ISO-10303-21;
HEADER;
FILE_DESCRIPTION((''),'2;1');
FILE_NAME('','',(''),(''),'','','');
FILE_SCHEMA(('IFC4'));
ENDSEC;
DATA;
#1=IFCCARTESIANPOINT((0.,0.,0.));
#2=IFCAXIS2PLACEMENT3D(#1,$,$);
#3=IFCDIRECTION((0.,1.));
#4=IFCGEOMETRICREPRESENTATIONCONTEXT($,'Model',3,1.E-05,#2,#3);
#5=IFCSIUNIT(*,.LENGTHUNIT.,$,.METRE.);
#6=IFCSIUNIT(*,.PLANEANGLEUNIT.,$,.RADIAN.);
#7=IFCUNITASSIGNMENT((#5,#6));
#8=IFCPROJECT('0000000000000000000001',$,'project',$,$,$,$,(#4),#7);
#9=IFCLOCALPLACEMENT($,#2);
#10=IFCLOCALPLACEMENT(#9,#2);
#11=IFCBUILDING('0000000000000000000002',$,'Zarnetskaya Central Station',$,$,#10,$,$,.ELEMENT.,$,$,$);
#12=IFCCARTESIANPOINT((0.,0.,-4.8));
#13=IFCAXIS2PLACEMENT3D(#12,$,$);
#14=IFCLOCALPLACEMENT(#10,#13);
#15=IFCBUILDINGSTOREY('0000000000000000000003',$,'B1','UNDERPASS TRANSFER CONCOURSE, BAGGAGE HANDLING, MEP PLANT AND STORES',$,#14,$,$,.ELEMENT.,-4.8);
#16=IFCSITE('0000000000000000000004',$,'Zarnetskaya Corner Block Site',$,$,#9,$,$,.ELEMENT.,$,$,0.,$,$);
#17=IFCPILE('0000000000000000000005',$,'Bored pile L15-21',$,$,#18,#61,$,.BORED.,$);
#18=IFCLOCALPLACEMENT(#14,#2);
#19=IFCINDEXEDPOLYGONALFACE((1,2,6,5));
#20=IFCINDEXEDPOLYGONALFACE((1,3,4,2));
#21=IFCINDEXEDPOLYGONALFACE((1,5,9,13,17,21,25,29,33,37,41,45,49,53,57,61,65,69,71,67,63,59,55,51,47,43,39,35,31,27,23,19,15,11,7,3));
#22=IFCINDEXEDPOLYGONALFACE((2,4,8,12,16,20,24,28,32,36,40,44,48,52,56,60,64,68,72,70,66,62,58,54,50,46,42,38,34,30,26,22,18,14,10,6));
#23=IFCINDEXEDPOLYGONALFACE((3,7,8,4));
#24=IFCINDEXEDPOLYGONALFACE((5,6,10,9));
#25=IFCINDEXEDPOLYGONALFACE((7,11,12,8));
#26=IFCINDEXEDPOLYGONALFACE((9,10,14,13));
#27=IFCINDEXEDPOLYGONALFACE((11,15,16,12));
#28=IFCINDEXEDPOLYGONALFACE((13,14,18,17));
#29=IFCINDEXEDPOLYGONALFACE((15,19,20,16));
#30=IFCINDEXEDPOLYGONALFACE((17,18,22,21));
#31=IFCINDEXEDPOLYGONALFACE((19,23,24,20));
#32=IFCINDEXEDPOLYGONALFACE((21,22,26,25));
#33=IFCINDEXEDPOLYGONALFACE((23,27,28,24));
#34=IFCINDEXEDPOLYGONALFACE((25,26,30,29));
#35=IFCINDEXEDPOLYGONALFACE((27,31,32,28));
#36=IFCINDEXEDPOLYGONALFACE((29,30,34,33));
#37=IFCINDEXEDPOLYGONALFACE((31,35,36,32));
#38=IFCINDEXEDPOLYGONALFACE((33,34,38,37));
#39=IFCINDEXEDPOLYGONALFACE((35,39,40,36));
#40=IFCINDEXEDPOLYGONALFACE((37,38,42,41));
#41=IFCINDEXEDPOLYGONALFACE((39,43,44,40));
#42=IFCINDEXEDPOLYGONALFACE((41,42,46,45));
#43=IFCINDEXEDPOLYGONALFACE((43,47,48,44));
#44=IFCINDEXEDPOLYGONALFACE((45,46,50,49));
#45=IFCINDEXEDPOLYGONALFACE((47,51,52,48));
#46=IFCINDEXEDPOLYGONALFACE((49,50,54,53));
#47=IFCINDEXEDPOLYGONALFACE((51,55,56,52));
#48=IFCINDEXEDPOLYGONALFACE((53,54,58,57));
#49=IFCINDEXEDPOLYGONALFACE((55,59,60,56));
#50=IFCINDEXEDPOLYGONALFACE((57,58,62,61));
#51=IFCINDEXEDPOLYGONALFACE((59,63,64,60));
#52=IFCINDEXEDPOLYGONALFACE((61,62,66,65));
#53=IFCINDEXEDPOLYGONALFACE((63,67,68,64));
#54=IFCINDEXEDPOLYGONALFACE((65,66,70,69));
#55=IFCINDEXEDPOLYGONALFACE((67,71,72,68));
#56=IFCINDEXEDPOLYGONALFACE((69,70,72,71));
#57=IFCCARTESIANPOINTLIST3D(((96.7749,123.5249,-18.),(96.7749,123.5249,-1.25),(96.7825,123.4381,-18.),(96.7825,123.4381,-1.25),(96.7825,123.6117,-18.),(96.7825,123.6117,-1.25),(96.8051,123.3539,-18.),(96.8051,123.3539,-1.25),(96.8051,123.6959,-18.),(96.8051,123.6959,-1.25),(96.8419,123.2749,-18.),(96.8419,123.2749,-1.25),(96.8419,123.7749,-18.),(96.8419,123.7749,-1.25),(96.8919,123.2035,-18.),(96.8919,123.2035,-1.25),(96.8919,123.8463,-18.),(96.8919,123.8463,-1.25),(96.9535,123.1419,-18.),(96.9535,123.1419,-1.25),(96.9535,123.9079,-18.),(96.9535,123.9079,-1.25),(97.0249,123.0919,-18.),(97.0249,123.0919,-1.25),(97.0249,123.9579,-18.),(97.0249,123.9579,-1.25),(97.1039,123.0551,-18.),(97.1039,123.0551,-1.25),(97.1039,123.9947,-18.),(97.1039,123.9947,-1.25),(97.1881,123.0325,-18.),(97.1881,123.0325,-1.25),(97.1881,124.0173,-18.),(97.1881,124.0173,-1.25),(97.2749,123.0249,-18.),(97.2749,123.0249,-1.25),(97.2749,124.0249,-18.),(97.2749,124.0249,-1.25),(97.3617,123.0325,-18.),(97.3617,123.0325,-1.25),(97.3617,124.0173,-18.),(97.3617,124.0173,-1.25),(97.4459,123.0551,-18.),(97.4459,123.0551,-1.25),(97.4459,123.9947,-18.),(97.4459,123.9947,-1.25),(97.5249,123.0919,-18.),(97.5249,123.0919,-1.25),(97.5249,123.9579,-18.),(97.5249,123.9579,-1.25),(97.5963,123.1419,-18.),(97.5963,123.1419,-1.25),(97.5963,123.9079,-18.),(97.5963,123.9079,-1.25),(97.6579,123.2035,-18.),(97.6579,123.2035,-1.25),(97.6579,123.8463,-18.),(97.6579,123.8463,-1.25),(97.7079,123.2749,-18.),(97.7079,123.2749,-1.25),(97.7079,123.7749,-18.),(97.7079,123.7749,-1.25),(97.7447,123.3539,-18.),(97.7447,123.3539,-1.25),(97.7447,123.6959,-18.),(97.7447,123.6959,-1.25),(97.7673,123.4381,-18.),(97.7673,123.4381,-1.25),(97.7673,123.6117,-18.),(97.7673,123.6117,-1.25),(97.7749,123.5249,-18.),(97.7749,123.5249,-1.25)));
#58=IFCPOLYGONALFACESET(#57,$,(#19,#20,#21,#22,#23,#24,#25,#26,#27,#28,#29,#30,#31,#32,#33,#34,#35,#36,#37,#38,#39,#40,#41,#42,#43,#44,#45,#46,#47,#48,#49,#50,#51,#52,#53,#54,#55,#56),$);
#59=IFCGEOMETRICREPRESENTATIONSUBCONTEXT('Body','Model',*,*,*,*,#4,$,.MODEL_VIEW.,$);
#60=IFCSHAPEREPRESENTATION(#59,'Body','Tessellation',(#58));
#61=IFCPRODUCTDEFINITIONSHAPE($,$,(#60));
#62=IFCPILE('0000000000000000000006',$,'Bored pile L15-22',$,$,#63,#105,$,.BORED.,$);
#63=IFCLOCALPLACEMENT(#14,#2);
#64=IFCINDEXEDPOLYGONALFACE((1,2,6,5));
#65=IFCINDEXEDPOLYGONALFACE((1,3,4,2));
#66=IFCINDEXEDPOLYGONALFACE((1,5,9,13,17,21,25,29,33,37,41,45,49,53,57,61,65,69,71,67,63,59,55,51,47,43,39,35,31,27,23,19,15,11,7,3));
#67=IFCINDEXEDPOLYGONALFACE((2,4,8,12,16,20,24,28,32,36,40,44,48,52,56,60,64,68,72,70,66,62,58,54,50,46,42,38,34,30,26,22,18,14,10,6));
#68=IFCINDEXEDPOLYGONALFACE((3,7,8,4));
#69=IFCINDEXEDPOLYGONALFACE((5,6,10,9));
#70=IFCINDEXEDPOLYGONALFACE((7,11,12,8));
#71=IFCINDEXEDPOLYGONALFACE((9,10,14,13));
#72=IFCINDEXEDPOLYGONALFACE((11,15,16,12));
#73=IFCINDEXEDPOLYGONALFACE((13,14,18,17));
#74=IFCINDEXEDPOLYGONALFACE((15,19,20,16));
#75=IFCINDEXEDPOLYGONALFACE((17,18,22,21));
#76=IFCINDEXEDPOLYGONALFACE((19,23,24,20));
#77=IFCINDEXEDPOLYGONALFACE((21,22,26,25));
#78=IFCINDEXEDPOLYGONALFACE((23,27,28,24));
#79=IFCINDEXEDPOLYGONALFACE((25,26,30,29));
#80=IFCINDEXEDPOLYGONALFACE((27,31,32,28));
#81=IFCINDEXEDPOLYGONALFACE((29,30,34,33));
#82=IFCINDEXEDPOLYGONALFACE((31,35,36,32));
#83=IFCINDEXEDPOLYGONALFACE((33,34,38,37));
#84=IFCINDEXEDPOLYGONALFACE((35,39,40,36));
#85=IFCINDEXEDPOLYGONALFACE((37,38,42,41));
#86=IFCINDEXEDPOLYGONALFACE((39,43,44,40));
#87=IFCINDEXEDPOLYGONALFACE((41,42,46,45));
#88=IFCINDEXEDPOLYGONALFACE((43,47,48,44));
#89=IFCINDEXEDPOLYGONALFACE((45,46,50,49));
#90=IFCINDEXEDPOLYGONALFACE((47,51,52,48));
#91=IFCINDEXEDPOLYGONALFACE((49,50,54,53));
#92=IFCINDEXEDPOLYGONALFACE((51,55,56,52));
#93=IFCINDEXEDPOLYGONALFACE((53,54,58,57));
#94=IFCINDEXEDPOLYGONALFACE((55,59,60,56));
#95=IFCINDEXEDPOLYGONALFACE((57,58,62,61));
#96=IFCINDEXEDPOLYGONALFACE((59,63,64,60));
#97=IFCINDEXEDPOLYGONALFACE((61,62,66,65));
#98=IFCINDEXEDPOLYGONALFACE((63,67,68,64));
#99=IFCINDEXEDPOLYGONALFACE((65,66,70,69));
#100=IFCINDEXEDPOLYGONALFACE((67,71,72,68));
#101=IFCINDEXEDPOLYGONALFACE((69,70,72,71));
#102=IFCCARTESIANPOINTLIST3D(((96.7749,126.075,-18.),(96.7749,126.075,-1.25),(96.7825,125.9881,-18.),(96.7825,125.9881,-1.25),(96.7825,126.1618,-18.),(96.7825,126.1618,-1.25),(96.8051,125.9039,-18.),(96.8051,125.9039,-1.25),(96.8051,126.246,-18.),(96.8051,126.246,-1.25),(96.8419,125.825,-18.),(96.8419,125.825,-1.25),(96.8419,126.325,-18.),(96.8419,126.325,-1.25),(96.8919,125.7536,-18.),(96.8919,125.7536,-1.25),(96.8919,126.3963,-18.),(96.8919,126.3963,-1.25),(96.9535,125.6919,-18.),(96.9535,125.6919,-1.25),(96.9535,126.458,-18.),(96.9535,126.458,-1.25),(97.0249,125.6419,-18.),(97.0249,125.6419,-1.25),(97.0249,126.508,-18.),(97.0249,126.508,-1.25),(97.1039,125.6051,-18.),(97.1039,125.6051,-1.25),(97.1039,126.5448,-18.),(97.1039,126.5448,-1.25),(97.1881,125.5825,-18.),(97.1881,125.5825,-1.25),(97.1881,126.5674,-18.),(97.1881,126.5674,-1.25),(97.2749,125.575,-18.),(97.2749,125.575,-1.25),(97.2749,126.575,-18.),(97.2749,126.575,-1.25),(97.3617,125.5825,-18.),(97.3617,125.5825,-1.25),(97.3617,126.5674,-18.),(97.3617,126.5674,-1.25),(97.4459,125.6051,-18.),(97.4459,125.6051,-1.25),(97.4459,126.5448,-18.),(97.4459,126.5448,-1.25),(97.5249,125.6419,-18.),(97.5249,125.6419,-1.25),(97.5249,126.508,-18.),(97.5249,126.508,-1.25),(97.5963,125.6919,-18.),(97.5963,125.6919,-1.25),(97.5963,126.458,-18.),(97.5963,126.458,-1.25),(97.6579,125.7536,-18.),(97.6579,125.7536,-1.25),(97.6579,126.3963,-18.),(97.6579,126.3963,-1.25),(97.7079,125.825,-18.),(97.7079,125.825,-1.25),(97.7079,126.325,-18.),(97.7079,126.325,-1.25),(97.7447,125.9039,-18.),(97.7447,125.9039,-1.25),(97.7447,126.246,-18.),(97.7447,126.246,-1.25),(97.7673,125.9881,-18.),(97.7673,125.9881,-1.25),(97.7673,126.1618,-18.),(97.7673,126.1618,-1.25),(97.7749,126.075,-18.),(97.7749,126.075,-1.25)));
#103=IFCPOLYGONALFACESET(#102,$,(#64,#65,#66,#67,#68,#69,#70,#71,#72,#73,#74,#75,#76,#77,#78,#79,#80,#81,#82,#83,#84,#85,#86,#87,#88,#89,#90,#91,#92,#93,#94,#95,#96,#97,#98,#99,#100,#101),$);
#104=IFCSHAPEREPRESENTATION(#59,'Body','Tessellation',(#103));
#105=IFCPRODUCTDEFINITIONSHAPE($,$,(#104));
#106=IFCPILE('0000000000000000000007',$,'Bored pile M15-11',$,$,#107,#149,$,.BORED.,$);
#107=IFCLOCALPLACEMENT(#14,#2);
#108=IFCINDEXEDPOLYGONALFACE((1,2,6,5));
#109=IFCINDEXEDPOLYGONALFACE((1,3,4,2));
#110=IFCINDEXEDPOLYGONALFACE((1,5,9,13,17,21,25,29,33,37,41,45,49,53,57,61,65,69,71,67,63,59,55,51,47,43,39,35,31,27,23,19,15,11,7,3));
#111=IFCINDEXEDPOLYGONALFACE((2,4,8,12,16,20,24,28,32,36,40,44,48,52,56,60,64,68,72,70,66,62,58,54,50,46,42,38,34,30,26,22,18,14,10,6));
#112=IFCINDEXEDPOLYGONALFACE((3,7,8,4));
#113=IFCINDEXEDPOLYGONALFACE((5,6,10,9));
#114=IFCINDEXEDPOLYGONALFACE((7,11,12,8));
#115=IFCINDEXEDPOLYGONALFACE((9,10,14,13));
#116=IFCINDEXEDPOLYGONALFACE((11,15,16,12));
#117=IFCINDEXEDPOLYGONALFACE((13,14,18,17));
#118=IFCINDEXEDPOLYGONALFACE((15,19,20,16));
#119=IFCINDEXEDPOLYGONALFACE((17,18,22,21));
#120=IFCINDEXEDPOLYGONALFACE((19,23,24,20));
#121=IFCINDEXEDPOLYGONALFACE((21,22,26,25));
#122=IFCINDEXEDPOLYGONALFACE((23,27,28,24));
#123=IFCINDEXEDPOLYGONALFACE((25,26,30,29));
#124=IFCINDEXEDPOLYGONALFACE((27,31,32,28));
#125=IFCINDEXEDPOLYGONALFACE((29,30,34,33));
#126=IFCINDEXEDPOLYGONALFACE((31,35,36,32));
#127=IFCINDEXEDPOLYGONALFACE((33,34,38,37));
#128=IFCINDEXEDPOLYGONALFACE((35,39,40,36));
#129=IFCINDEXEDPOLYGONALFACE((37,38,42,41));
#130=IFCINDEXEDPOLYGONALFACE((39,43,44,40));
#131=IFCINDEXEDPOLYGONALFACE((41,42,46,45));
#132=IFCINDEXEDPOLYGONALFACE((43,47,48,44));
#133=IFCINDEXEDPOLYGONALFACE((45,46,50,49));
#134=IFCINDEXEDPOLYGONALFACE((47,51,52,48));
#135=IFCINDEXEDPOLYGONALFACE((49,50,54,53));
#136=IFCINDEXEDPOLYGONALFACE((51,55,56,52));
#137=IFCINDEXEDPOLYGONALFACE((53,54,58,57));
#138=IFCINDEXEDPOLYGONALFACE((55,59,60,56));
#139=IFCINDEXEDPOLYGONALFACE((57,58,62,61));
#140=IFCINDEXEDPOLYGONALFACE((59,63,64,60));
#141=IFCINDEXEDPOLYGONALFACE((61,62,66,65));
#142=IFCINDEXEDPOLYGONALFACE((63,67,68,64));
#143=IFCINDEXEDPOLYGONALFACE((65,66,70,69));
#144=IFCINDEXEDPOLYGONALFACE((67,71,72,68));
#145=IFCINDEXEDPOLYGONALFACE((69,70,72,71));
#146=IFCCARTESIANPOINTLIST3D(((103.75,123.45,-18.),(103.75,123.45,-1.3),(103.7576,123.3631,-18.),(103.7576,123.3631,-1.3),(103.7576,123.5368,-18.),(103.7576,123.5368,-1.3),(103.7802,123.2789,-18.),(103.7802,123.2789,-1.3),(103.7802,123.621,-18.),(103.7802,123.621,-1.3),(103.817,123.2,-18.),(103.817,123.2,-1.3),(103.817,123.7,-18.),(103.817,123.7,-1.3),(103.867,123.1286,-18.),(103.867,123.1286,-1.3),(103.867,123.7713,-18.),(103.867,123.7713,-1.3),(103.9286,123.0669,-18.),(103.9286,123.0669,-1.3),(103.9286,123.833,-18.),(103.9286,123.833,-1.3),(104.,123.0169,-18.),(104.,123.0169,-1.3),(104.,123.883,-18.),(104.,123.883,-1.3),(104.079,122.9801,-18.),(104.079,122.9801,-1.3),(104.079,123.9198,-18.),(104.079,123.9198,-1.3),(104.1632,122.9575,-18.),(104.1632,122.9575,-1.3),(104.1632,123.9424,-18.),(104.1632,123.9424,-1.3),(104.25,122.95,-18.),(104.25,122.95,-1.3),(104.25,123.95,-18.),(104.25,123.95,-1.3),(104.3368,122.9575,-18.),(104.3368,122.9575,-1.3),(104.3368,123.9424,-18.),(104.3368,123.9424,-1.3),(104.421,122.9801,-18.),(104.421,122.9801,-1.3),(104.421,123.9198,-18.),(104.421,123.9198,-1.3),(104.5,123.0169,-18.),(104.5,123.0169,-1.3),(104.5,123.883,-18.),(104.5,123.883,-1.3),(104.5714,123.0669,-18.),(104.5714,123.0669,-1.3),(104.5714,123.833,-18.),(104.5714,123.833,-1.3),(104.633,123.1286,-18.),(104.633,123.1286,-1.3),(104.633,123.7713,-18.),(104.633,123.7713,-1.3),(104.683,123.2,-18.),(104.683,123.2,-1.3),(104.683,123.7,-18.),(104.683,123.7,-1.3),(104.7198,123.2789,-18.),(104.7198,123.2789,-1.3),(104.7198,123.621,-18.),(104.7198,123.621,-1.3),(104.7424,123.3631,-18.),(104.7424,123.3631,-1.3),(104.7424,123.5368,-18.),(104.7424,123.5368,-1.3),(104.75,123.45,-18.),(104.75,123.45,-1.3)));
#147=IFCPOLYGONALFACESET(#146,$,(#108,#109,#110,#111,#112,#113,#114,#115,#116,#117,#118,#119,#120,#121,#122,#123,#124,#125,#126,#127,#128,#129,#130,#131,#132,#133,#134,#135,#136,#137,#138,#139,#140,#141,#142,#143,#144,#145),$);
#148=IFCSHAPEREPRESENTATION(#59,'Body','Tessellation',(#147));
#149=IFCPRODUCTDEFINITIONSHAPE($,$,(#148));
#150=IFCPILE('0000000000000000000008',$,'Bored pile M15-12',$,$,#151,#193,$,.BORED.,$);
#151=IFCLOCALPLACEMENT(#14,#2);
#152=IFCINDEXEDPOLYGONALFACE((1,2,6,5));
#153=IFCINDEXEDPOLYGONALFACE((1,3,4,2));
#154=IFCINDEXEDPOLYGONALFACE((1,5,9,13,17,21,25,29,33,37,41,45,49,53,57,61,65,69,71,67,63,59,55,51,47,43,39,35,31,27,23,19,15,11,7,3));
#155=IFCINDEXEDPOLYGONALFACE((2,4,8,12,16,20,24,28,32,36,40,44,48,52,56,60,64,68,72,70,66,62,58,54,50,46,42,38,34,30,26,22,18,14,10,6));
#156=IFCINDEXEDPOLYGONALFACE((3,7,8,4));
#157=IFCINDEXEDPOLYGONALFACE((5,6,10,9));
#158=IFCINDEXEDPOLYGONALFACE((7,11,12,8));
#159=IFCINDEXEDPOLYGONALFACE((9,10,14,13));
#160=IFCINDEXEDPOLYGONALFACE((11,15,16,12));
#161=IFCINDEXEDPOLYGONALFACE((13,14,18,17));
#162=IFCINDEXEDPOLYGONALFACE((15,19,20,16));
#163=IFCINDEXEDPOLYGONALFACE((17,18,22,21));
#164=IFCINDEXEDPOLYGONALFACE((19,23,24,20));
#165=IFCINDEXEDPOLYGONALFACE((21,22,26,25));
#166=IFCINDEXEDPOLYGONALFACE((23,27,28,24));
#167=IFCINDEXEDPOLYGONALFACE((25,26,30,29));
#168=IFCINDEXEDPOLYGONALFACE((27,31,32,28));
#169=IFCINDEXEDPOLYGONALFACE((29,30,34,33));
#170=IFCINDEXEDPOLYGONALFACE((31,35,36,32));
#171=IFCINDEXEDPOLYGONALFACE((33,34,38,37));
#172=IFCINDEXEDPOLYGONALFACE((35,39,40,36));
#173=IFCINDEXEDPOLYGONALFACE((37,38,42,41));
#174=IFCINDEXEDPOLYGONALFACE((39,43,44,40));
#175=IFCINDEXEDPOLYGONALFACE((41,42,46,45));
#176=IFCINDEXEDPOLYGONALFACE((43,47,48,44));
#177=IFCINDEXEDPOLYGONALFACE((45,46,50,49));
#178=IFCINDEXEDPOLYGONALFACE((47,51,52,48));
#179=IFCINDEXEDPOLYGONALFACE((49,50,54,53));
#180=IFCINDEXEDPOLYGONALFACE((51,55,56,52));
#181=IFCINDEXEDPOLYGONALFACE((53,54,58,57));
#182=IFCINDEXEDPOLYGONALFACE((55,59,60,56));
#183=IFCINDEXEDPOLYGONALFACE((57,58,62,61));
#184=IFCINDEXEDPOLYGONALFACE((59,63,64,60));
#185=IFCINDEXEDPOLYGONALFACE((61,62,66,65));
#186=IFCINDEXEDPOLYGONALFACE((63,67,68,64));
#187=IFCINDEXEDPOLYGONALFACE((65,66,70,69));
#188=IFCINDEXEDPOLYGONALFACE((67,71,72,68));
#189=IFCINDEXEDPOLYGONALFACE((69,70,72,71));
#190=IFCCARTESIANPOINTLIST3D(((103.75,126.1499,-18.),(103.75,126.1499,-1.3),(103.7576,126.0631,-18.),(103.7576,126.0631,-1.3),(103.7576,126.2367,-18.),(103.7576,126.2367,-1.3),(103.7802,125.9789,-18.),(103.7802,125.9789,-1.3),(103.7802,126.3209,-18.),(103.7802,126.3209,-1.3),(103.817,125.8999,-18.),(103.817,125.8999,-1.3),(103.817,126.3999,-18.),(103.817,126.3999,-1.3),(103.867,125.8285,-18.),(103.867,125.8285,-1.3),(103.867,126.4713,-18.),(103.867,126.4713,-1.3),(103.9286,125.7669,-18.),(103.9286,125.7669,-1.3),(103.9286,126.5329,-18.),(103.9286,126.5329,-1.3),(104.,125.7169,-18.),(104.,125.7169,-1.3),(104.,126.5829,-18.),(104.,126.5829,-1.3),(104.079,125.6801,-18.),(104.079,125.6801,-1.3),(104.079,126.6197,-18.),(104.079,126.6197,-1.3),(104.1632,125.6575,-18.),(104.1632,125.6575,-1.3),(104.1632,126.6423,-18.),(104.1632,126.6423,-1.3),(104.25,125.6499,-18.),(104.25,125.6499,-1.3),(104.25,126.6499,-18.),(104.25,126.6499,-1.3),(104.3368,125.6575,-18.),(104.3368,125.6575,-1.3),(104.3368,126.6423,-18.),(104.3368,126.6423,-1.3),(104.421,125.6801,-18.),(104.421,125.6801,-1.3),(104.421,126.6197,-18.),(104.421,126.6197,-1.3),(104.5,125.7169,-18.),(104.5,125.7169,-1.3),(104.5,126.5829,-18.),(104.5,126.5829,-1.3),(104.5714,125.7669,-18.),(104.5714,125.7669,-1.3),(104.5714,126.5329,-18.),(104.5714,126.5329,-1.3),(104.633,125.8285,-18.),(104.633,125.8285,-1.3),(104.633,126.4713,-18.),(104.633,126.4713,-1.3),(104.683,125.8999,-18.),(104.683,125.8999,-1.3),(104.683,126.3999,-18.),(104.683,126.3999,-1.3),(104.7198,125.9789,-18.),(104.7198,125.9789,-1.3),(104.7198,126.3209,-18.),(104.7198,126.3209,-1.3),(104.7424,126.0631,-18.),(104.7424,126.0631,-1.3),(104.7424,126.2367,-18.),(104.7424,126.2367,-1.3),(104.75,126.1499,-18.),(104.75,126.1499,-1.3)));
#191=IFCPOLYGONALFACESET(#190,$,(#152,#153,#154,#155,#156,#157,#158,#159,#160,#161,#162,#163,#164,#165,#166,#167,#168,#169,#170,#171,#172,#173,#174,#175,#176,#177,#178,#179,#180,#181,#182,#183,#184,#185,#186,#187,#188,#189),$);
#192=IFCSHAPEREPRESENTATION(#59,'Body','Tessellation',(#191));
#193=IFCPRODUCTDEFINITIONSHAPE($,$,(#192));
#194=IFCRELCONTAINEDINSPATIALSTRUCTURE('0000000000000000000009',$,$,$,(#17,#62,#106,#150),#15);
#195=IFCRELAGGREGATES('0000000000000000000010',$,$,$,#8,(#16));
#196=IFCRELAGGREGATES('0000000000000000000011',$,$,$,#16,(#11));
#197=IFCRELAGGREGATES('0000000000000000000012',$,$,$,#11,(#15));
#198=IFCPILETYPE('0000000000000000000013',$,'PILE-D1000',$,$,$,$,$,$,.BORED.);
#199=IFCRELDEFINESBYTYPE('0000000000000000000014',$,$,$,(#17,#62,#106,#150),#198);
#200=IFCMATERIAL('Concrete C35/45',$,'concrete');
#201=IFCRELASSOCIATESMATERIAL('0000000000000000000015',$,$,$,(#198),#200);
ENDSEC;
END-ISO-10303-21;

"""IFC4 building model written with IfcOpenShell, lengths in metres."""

from ifc_helpers import new_model, si_unit, direction, frame, origin, origin_2d, place, context, subcontext, project, spatial, circle, extrude, material, material_profile, profile_set, type_object, element, save


model = new_model("IFC4")

# Units and contexts
model_context = context("Model", 3, precision=1e-05, world=origin(), true_north=direction((0.0, 1.0)))
body_context = subcontext(model_context, "Body", "Model", "MODEL_VIEW")
ifc_project = project(units=[si_unit("LENGTHUNIT", "METRE"), si_unit("PLANEANGLEUNIT", "RADIAN")], contexts=[model_context])

# Site, building, storey
site_placement = place(None, origin())
site = spatial("IfcSite", under=ifc_project, at=site_placement, Name="Zarnetskaya Corner Block Site", CompositionType="ELEMENT", RefElevation=0.0)
building_placement = place(site_placement, origin())
building = spatial("IfcBuilding", under=site, at=building_placement, Name="Zarnetskaya Central Station", CompositionType="ELEMENT")
storey_placement = place(building_placement, frame((0.0, 0.0, -4.8)))
storey = spatial("IfcBuildingStorey", under=building, at=storey_placement, Name="B1", Description="UNDERPASS TRANSFER CONCOURSE, BAGGAGE HANDLING, MEP PLANT AND STORES", CompositionType="ELEMENT", Elevation=-4.8)

# Shared definitions
ifc_material_1 = material(Name="Concrete C35/45", Category="concrete")

# Piles
ifc_material_profile_1 = material_profile(ifc_material_1, circle(Radius=0.5, at=origin_2d()), Name="BORED PILE D1000")
ifc_profile_set_1 = profile_set([ifc_material_profile_1], Name="Concrete C35/45")
pile_type_1 = type_object("IfcPileType", Name="PILE-D1000", PredefinedType="BORED", material=ifc_profile_set_1)
for number, where, z_axis, x_axis, name in (
    (1, (97.2749, 123.5249, -1.25), (0.0, 0.0, -1.0), (1.0, 0.0, 0.0), "Bored pile L15-21"),
    (2, (97.2749, 126.075, -1.25), (0.0, 0.0, -1.0), (1.0, 0.0, 0.0), "Bored pile L15-22"),
):
    element("IfcPile", number, at=place(storey_placement, frame(where, z_axis=z_axis, x_axis=x_axis)), inside=storey, type_object=pile_type_1, Name=name, PredefinedType="BORED", context=body_context, shape_type="SweptSolid", body=[
        extrude(circle(Radius=0.5, at=origin_2d()), origin(), (0.0, 0.0, 1.0), 16.75),
    ])
for number, where, z_axis, x_axis, name in (
    (3, (104.25, 123.45, -1.3), (0.0, 0.0, -1.0), (1.0, 0.0, 0.0), "Bored pile M15-11"),
    (4, (104.25, 126.1499, -1.3), (0.0, 0.0, -1.0), (1.0, 0.0, 0.0), "Bored pile M15-12"),
):
    element("IfcPile", number, at=place(storey_placement, frame(where, z_axis=z_axis, x_axis=x_axis)), inside=storey, type_object=pile_type_1, Name=name, PredefinedType="BORED", context=body_context, shape_type="SweptSolid", body=[
        extrude(circle(Radius=0.5, at=origin_2d()), origin(), (0.0, 0.0, 1.0), 16.7),
    ])

save(model, "model.ifc")
